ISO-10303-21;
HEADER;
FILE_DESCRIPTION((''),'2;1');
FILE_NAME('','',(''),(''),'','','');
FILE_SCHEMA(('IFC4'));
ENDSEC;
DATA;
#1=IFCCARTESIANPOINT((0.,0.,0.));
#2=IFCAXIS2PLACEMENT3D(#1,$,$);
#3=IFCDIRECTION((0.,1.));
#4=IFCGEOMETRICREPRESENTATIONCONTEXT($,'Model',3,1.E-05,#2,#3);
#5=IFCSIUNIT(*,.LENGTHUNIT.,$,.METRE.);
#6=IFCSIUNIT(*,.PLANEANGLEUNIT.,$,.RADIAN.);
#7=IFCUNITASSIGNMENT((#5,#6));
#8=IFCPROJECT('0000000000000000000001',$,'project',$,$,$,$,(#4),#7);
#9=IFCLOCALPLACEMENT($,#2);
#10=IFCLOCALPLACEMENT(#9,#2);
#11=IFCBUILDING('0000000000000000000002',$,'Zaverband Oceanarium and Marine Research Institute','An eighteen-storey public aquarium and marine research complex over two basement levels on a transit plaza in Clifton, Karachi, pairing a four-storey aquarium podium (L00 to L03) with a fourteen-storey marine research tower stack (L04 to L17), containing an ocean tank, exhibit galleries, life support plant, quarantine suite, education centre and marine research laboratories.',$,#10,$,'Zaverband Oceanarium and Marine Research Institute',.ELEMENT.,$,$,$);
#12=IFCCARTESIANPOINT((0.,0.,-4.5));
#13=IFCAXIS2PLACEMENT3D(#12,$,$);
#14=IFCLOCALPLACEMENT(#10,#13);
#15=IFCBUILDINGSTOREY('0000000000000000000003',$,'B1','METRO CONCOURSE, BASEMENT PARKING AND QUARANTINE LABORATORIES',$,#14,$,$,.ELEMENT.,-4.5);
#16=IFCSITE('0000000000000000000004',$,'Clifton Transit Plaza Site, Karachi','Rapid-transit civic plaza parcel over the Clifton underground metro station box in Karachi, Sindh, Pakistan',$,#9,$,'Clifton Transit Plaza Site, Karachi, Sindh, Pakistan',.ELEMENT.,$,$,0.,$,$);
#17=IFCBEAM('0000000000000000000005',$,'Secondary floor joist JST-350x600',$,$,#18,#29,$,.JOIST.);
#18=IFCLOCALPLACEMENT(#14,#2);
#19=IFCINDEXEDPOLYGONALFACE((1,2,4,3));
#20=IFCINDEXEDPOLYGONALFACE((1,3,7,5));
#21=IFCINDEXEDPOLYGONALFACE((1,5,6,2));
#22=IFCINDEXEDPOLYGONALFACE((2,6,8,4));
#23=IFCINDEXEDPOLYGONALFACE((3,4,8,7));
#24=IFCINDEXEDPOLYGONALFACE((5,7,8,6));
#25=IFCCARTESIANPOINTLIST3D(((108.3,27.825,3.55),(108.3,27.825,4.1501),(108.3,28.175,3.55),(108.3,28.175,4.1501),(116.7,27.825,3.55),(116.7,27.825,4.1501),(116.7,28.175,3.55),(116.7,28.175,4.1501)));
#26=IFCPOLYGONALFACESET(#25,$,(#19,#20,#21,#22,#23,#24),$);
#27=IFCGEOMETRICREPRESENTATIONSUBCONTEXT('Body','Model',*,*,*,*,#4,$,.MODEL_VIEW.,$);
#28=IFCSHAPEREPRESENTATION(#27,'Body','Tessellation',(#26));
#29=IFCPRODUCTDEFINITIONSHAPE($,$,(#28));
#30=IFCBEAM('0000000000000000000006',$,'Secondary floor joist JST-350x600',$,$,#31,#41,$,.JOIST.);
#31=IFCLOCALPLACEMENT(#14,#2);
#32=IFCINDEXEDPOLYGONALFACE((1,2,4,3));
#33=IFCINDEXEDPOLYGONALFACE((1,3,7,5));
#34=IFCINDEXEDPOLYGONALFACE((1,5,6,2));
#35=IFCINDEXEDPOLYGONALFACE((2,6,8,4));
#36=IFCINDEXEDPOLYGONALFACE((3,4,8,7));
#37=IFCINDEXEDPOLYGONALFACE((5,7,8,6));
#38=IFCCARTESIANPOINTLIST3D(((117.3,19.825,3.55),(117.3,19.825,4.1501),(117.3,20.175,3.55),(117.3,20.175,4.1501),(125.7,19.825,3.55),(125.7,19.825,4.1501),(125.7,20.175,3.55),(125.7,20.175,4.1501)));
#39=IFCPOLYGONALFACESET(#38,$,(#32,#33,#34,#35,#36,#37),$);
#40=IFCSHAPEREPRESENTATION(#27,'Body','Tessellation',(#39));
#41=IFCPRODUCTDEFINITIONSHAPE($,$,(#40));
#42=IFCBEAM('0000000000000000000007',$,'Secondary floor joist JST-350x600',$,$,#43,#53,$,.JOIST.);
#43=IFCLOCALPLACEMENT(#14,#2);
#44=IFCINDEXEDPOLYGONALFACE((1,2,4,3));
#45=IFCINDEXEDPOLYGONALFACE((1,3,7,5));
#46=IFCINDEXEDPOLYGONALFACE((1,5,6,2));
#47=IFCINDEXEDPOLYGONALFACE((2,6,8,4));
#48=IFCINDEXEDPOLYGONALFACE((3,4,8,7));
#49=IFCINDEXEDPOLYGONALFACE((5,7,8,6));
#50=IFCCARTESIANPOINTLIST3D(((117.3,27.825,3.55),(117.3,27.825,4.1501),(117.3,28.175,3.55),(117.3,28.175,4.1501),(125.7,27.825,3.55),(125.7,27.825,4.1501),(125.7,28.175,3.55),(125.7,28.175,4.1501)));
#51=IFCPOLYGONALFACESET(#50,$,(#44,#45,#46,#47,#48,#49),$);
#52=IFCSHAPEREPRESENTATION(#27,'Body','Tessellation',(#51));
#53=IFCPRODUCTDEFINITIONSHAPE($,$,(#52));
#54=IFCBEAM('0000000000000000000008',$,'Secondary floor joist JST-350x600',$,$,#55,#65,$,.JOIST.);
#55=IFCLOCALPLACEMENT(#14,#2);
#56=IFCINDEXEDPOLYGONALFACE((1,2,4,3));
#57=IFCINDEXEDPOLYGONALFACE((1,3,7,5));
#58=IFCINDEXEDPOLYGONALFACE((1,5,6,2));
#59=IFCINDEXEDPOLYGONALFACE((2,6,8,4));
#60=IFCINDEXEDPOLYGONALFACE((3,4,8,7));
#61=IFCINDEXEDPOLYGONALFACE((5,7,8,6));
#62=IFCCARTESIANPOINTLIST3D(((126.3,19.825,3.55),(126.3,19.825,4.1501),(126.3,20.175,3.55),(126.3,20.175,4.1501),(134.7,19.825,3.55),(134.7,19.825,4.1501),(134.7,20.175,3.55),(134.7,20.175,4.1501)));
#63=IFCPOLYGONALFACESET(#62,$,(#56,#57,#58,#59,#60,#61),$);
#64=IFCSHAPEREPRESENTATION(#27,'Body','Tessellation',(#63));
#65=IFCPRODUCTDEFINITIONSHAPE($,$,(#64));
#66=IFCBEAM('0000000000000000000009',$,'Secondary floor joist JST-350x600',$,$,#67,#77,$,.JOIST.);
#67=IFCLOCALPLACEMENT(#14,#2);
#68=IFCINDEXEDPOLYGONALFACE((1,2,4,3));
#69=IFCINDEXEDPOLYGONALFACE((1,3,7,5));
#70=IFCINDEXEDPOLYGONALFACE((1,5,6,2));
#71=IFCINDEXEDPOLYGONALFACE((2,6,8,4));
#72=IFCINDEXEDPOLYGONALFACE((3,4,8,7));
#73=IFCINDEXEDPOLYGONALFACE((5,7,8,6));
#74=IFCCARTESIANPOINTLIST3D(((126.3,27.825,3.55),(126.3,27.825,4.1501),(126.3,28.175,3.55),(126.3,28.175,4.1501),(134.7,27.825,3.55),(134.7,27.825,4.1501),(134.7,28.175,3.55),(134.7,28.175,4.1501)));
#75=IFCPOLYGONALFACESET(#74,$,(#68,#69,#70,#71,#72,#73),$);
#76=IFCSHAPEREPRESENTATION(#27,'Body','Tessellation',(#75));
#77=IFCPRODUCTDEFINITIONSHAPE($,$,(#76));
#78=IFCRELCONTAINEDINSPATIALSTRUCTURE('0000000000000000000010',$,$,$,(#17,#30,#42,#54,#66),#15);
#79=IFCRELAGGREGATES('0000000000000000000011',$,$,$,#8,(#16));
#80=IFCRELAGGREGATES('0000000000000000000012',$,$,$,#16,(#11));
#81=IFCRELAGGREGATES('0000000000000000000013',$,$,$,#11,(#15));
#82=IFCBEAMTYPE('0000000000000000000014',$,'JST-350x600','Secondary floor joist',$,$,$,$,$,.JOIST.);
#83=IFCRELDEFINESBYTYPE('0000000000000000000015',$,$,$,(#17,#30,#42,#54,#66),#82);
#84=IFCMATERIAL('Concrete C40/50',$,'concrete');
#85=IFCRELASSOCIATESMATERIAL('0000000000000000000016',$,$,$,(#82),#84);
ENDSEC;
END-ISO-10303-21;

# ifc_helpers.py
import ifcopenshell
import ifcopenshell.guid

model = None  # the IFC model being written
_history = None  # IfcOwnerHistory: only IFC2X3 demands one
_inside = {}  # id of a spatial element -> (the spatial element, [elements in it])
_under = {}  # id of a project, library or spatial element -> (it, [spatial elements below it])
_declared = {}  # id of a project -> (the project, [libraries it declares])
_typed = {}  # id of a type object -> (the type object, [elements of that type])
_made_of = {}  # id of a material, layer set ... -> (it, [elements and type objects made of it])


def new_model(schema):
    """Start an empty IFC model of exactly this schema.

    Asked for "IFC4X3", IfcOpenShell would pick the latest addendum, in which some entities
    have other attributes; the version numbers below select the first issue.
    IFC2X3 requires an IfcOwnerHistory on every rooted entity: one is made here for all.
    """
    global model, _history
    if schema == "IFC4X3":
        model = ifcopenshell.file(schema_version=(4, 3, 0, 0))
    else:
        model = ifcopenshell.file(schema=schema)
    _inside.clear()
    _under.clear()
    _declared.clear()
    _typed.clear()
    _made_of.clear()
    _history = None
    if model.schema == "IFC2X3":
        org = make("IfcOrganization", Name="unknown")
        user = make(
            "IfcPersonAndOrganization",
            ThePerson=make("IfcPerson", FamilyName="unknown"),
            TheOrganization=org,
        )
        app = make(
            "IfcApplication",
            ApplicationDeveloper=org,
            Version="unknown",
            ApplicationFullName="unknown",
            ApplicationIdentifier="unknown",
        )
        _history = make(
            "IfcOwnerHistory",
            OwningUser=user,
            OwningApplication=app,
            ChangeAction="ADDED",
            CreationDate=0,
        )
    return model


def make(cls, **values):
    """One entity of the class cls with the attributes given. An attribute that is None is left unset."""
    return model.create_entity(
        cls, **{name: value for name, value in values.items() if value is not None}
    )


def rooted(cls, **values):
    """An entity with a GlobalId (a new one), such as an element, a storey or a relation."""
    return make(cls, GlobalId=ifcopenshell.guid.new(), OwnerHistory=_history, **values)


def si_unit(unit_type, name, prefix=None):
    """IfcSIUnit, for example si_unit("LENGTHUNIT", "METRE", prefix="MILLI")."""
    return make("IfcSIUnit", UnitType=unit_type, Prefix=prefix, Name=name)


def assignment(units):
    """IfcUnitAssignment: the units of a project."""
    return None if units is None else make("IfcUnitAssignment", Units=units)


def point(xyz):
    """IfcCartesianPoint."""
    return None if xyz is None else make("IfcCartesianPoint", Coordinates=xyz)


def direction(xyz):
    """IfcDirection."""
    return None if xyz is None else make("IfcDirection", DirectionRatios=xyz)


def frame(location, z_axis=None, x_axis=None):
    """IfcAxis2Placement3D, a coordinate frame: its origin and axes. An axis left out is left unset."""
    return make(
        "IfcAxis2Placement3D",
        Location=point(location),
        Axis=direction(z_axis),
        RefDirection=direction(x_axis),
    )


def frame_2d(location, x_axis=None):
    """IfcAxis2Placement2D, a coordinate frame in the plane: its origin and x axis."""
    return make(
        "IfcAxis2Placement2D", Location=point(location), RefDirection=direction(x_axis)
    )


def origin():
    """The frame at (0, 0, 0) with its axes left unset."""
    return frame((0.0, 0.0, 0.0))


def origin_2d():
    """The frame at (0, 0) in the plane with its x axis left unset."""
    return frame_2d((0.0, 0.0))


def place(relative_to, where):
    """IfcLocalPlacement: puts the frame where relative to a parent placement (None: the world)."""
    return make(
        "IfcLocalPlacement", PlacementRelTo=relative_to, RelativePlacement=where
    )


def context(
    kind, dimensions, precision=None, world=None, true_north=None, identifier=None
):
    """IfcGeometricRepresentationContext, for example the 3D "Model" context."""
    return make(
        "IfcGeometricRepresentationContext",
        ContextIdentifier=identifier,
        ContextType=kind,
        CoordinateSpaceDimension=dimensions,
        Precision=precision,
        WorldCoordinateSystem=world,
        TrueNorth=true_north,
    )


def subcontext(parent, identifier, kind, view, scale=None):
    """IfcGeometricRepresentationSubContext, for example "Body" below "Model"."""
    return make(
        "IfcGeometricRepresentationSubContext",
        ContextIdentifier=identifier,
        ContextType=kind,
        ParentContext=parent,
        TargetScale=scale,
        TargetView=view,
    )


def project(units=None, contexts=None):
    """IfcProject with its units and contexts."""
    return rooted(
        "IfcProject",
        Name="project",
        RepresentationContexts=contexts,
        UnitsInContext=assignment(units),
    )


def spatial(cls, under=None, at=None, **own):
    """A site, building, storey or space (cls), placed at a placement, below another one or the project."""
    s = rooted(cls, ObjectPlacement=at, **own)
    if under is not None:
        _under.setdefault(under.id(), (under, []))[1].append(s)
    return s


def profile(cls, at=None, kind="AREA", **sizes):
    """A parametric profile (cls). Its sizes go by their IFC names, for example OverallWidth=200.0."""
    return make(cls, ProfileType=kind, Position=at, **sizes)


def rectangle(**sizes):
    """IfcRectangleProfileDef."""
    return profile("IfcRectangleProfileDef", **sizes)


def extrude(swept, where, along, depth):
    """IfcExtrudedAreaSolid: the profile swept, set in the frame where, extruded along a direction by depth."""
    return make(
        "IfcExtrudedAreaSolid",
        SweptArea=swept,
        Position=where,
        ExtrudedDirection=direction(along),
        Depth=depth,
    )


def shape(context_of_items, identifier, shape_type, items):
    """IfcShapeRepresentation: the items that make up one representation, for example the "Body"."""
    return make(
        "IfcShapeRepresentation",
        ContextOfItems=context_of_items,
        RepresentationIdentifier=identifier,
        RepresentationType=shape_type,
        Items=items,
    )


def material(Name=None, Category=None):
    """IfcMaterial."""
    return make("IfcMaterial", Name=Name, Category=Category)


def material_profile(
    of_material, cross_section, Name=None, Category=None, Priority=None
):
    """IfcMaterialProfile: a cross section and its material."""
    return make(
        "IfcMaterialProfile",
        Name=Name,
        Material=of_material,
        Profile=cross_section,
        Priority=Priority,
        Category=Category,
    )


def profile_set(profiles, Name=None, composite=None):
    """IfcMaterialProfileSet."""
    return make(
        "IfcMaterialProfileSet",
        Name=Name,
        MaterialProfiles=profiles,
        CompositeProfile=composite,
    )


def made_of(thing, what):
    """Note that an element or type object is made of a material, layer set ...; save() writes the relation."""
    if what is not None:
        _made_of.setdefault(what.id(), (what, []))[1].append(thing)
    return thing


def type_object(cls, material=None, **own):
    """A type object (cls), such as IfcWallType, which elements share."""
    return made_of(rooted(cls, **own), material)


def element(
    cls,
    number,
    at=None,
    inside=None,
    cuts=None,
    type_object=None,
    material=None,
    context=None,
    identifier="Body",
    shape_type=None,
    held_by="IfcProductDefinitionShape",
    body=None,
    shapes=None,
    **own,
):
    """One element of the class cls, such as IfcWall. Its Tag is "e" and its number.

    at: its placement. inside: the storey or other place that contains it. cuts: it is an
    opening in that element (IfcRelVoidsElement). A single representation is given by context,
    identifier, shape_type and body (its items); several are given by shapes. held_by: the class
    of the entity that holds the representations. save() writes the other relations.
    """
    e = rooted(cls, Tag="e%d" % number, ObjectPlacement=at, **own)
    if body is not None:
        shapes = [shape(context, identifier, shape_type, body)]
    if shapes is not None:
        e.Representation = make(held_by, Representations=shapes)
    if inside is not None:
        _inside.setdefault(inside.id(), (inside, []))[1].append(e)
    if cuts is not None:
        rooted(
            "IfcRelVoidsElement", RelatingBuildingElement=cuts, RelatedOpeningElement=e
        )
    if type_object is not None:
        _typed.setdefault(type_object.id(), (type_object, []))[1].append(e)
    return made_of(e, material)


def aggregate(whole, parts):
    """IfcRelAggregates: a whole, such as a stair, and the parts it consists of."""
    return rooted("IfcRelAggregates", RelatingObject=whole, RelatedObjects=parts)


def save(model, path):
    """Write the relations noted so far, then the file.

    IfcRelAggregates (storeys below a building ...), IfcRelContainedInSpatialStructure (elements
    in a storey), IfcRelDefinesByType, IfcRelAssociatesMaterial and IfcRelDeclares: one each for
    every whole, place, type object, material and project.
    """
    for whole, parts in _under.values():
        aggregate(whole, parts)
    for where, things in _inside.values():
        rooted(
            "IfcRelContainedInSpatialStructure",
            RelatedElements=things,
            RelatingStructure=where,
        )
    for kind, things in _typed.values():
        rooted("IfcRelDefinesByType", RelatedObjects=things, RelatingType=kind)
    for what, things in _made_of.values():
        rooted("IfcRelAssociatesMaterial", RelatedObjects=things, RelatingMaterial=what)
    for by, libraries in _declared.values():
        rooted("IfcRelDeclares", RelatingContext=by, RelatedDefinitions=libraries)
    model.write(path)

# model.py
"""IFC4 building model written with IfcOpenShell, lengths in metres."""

from ifc_helpers import new_model, si_unit, direction, frame, origin, origin_2d, place, context, subcontext, project, spatial, rectangle, extrude, material, material_profile, profile_set, type_object, element, save


model = new_model("IFC4")

# Units and contexts
model_context = context("Model", 3, precision=1e-05, world=origin(), true_north=direction((0.0, 1.0)))
body_context = subcontext(model_context, "Body", "Model", "MODEL_VIEW")
ifc_project = project(units=[si_unit("LENGTHUNIT", "METRE"), si_unit("PLANEANGLEUNIT", "RADIAN")], contexts=[model_context])

# Site, building, storey
site_placement = place(None, origin())
site = spatial("IfcSite", under=ifc_project, at=site_placement, Name="Clifton Transit Plaza Site, Karachi", Description="Rapid-transit civic plaza parcel over the Clifton underground metro station box in Karachi, Sindh, Pakistan", LongName="Clifton Transit Plaza Site, Karachi, Sindh, Pakistan", CompositionType="ELEMENT", RefElevation=0.0)
building_placement = place(site_placement, origin())
building = spatial("IfcBuilding", under=site, at=building_placement, Name="Zaverband Oceanarium and Marine Research Institute", Description="An eighteen-storey public aquarium and marine research complex over two basement levels on a transit plaza in Clifton, Karachi, pairing a four-storey aquarium podium (L00 to L03) with a fourteen-storey marine research tower stack (L04 to L17), containing an ocean tank, exhibit galleries, life support plant, quarantine suite, education centre and marine research laboratories.", LongName="Zaverband Oceanarium and Marine Research Institute", CompositionType="ELEMENT")
storey_placement = place(building_placement, frame((0.0, 0.0, -4.5)))
storey = spatial("IfcBuildingStorey", under=building, at=storey_placement, Name="B1", Description="METRO CONCOURSE, BASEMENT PARKING AND QUARANTINE LABORATORIES", CompositionType="ELEMENT", Elevation=-4.5)

# Beams
ifc_material_1 = material(Name="Concrete C40/50", Category="concrete")
ifc_material_profile_1 = material_profile(ifc_material_1, rectangle(XDim=0.3501, YDim=0.6001, at=origin_2d()), Name="RC350x600")
ifc_profile_set_1 = profile_set([ifc_material_profile_1], Name="Concrete C40/50")
beam_type_1 = type_object("IfcBeamType", Name="JST-350x600", Description="Secondary floor joist", PredefinedType="JOIST", material=ifc_profile_set_1)
for number, where, z_axis, x_axis, name in (
    (1, (108.3, 28.0, 3.8501), (1.0, 0.0, 0.0), (0.0, 1.0, 0.0), "Secondary floor joist JST-350x600"),
    (2, (117.3, 20.0, 3.8501), (1.0, 0.0, 0.0), (0.0, 1.0, 0.0), "Secondary floor joist JST-350x600"),
    (3, (117.3, 28.0, 3.8501), (1.0, 0.0, 0.0), (0.0, 1.0, 0.0), "Secondary floor joist JST-350x600"),
    (4, (126.3, 20.0, 3.8501), (1.0, 0.0, 0.0), (0.0, 1.0, 0.0), "Secondary floor joist JST-350x600"),
    (5, (126.3, 28.0, 3.8501), (1.0, 0.0, 0.0), (0.0, 1.0, 0.0), "Secondary floor joist JST-350x600"),
):
    element("IfcBeam", number, at=place(storey_placement, frame(where, z_axis=z_axis, x_axis=x_axis)), inside=storey, type_object=beam_type_1, Name=name, PredefinedType="JOIST", context=body_context, shape_type="SweptSolid", body=[
        extrude(rectangle(XDim=0.3501, YDim=0.6001, at=origin_2d()), origin(), (0.0, 0.0, 1.0), 8.3999),
    ])

save(model, "model.ifc")
